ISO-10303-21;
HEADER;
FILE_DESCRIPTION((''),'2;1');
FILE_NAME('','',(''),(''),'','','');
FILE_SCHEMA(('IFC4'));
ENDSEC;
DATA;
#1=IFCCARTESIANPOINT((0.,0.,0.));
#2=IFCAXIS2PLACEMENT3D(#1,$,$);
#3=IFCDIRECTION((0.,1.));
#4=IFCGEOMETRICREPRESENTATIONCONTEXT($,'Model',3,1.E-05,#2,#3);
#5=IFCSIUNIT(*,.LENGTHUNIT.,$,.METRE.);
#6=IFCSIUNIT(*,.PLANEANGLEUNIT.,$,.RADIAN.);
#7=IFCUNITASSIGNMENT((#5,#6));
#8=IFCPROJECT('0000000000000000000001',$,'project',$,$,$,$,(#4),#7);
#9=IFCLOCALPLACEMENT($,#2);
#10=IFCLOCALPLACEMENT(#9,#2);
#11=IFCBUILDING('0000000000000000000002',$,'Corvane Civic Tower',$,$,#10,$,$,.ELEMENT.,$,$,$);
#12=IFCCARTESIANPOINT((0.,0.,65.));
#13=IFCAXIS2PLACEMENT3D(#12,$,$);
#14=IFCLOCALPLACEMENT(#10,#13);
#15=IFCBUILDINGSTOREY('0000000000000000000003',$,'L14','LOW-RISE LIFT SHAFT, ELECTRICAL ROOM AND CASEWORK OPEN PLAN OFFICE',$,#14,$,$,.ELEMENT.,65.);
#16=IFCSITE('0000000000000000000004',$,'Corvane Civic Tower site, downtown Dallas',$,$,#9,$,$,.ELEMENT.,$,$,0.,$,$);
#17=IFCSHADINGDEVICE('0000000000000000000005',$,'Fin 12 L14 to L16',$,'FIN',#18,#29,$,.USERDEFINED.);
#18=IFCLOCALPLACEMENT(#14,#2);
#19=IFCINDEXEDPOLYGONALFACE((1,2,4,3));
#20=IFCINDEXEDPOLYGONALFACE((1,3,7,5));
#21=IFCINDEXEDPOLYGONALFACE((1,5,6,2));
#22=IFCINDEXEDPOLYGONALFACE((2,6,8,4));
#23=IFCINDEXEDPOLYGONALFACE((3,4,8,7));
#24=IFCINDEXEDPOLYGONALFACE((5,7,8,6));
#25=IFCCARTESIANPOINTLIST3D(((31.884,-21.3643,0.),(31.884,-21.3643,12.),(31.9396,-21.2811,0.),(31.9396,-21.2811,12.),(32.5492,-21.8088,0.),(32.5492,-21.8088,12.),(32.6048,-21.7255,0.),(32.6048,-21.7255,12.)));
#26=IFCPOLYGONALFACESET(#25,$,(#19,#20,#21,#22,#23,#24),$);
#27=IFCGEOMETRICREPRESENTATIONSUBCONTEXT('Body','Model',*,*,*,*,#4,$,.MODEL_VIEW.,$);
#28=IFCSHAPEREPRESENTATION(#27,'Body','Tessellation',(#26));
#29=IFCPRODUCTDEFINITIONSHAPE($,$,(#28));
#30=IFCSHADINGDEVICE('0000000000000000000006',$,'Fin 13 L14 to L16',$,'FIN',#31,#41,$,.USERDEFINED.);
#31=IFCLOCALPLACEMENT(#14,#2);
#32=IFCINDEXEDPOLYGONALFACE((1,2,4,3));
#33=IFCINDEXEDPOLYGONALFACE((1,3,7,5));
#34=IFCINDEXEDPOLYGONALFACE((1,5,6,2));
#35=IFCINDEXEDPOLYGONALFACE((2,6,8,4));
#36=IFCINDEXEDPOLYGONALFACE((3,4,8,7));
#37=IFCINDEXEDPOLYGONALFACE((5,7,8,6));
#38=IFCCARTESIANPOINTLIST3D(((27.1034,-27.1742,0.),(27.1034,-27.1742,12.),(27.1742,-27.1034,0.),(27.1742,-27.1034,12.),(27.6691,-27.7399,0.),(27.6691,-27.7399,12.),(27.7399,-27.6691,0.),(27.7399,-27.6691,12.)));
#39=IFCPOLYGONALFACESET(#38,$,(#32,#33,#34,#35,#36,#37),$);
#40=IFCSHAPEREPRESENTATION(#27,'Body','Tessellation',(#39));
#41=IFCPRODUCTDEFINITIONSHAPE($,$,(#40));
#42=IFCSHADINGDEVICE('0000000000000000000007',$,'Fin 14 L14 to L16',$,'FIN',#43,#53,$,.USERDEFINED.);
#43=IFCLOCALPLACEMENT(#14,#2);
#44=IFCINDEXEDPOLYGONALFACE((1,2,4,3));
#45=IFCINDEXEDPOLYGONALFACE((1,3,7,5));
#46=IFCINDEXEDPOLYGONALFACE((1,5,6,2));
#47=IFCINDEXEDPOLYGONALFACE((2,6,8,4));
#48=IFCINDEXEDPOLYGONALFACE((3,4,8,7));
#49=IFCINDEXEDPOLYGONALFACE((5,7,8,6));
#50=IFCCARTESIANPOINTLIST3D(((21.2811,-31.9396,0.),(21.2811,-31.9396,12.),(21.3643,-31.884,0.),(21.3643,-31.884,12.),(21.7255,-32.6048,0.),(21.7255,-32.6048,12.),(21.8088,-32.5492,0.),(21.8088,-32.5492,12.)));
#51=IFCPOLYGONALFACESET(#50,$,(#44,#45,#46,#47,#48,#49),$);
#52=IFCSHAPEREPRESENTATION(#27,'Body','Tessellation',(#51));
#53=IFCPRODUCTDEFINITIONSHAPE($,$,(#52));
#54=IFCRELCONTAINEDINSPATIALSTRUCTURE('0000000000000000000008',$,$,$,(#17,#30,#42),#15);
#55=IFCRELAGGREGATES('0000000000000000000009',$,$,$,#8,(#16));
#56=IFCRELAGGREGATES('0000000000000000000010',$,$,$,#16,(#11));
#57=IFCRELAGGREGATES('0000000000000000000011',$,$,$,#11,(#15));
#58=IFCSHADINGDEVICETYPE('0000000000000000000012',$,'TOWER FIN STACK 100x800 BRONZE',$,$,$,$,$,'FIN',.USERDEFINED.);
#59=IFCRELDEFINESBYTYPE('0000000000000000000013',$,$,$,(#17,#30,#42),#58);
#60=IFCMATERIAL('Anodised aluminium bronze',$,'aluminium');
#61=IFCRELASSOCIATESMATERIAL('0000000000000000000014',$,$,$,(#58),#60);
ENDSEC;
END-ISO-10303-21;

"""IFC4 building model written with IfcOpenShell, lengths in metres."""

from ifc_helpers import new_model, si_unit, direction, frame, origin, origin_2d, place, context, subcontext, project, spatial, rectangle, extrude, material, material_profile, profile_set, type_object, element, save


model = new_model("IFC4")

# Units and contexts
model_context = context("Model", 3, precision=1e-05, world=origin(), true_north=direction((0.0, 1.0)))
body_context = subcontext(model_context, "Body", "Model", "MODEL_VIEW")
ifc_project = project(units=[si_unit("LENGTHUNIT", "METRE"), si_unit("PLANEANGLEUNIT", "RADIAN")], contexts=[model_context])

# Site, building, storey
site_placement = place(None, origin())
site = spatial("IfcSite", under=ifc_project, at=site_placement, Name="Corvane Civic Tower site, downtown Dallas", CompositionType="ELEMENT", RefElevation=0.0)
building_placement = place(site_placement, origin())
building = spatial("IfcBuilding", under=site, at=building_placement, Name="Corvane Civic Tower", CompositionType="ELEMENT")
storey_placement = place(building_placement, frame((0.0, 0.0, 65.0)))
storey = spatial("IfcBuildingStorey", under=building, at=storey_placement, Name="L14", Description="LOW-RISE LIFT SHAFT, ELECTRICAL ROOM AND CASEWORK OPEN PLAN OFFICE", CompositionType="ELEMENT", Elevation=65.0)

# Shading devices
ifc_material_1 = material(Name="Anodised aluminium bronze", Category="aluminium")
ifc_material_profile_1 = material_profile(ifc_material_1, rectangle(XDim=0.1001, YDim=0.8, at=origin_2d()), Name="TOWER FIN STACK 100x800 BRONZE")
ifc_profile_set_1 = profile_set([ifc_material_profile_1], Name="Anodised aluminium bronze")
shading_device_type = type_object("IfcShadingDeviceType", Name="TOWER FIN STACK 100x800 BRONZE", ElementType="FIN", PredefinedType="USERDEFINED", material=ifc_profile_set_1)
for number, where, z_axis, x_axis, name in (
    (1, (32.2444, -21.5449, 0.0), (0.0, 0.0, 1.0), (-0.55557, -0.83147, 0.0), "Fin 12 L14 to L16"),
    (2, (27.4216, -27.4216, 0.0), (0.0, 0.0, 1.0), (-0.707107, -0.707107, 0.0), "Fin 13 L14 to L16"),
    (3, (21.5449, -32.2444, 0.0), (0.0, 0.0, 1.0), (-0.83147, -0.55557, 0.0), "Fin 14 L14 to L16"),
):
    element("IfcShadingDevice", number, at=place(storey_placement, frame(where, z_axis=z_axis, x_axis=x_axis)), inside=storey, type_object=shading_device_type, Name=name, ObjectType="FIN", PredefinedType="USERDEFINED", context=body_context, shape_type="SweptSolid", body=[
        extrude(rectangle(XDim=0.1001, YDim=0.8, at=origin_2d()), origin(), (0.0, 0.0, 1.0), 12.0),
    ])

save(model, "model.ifc")
